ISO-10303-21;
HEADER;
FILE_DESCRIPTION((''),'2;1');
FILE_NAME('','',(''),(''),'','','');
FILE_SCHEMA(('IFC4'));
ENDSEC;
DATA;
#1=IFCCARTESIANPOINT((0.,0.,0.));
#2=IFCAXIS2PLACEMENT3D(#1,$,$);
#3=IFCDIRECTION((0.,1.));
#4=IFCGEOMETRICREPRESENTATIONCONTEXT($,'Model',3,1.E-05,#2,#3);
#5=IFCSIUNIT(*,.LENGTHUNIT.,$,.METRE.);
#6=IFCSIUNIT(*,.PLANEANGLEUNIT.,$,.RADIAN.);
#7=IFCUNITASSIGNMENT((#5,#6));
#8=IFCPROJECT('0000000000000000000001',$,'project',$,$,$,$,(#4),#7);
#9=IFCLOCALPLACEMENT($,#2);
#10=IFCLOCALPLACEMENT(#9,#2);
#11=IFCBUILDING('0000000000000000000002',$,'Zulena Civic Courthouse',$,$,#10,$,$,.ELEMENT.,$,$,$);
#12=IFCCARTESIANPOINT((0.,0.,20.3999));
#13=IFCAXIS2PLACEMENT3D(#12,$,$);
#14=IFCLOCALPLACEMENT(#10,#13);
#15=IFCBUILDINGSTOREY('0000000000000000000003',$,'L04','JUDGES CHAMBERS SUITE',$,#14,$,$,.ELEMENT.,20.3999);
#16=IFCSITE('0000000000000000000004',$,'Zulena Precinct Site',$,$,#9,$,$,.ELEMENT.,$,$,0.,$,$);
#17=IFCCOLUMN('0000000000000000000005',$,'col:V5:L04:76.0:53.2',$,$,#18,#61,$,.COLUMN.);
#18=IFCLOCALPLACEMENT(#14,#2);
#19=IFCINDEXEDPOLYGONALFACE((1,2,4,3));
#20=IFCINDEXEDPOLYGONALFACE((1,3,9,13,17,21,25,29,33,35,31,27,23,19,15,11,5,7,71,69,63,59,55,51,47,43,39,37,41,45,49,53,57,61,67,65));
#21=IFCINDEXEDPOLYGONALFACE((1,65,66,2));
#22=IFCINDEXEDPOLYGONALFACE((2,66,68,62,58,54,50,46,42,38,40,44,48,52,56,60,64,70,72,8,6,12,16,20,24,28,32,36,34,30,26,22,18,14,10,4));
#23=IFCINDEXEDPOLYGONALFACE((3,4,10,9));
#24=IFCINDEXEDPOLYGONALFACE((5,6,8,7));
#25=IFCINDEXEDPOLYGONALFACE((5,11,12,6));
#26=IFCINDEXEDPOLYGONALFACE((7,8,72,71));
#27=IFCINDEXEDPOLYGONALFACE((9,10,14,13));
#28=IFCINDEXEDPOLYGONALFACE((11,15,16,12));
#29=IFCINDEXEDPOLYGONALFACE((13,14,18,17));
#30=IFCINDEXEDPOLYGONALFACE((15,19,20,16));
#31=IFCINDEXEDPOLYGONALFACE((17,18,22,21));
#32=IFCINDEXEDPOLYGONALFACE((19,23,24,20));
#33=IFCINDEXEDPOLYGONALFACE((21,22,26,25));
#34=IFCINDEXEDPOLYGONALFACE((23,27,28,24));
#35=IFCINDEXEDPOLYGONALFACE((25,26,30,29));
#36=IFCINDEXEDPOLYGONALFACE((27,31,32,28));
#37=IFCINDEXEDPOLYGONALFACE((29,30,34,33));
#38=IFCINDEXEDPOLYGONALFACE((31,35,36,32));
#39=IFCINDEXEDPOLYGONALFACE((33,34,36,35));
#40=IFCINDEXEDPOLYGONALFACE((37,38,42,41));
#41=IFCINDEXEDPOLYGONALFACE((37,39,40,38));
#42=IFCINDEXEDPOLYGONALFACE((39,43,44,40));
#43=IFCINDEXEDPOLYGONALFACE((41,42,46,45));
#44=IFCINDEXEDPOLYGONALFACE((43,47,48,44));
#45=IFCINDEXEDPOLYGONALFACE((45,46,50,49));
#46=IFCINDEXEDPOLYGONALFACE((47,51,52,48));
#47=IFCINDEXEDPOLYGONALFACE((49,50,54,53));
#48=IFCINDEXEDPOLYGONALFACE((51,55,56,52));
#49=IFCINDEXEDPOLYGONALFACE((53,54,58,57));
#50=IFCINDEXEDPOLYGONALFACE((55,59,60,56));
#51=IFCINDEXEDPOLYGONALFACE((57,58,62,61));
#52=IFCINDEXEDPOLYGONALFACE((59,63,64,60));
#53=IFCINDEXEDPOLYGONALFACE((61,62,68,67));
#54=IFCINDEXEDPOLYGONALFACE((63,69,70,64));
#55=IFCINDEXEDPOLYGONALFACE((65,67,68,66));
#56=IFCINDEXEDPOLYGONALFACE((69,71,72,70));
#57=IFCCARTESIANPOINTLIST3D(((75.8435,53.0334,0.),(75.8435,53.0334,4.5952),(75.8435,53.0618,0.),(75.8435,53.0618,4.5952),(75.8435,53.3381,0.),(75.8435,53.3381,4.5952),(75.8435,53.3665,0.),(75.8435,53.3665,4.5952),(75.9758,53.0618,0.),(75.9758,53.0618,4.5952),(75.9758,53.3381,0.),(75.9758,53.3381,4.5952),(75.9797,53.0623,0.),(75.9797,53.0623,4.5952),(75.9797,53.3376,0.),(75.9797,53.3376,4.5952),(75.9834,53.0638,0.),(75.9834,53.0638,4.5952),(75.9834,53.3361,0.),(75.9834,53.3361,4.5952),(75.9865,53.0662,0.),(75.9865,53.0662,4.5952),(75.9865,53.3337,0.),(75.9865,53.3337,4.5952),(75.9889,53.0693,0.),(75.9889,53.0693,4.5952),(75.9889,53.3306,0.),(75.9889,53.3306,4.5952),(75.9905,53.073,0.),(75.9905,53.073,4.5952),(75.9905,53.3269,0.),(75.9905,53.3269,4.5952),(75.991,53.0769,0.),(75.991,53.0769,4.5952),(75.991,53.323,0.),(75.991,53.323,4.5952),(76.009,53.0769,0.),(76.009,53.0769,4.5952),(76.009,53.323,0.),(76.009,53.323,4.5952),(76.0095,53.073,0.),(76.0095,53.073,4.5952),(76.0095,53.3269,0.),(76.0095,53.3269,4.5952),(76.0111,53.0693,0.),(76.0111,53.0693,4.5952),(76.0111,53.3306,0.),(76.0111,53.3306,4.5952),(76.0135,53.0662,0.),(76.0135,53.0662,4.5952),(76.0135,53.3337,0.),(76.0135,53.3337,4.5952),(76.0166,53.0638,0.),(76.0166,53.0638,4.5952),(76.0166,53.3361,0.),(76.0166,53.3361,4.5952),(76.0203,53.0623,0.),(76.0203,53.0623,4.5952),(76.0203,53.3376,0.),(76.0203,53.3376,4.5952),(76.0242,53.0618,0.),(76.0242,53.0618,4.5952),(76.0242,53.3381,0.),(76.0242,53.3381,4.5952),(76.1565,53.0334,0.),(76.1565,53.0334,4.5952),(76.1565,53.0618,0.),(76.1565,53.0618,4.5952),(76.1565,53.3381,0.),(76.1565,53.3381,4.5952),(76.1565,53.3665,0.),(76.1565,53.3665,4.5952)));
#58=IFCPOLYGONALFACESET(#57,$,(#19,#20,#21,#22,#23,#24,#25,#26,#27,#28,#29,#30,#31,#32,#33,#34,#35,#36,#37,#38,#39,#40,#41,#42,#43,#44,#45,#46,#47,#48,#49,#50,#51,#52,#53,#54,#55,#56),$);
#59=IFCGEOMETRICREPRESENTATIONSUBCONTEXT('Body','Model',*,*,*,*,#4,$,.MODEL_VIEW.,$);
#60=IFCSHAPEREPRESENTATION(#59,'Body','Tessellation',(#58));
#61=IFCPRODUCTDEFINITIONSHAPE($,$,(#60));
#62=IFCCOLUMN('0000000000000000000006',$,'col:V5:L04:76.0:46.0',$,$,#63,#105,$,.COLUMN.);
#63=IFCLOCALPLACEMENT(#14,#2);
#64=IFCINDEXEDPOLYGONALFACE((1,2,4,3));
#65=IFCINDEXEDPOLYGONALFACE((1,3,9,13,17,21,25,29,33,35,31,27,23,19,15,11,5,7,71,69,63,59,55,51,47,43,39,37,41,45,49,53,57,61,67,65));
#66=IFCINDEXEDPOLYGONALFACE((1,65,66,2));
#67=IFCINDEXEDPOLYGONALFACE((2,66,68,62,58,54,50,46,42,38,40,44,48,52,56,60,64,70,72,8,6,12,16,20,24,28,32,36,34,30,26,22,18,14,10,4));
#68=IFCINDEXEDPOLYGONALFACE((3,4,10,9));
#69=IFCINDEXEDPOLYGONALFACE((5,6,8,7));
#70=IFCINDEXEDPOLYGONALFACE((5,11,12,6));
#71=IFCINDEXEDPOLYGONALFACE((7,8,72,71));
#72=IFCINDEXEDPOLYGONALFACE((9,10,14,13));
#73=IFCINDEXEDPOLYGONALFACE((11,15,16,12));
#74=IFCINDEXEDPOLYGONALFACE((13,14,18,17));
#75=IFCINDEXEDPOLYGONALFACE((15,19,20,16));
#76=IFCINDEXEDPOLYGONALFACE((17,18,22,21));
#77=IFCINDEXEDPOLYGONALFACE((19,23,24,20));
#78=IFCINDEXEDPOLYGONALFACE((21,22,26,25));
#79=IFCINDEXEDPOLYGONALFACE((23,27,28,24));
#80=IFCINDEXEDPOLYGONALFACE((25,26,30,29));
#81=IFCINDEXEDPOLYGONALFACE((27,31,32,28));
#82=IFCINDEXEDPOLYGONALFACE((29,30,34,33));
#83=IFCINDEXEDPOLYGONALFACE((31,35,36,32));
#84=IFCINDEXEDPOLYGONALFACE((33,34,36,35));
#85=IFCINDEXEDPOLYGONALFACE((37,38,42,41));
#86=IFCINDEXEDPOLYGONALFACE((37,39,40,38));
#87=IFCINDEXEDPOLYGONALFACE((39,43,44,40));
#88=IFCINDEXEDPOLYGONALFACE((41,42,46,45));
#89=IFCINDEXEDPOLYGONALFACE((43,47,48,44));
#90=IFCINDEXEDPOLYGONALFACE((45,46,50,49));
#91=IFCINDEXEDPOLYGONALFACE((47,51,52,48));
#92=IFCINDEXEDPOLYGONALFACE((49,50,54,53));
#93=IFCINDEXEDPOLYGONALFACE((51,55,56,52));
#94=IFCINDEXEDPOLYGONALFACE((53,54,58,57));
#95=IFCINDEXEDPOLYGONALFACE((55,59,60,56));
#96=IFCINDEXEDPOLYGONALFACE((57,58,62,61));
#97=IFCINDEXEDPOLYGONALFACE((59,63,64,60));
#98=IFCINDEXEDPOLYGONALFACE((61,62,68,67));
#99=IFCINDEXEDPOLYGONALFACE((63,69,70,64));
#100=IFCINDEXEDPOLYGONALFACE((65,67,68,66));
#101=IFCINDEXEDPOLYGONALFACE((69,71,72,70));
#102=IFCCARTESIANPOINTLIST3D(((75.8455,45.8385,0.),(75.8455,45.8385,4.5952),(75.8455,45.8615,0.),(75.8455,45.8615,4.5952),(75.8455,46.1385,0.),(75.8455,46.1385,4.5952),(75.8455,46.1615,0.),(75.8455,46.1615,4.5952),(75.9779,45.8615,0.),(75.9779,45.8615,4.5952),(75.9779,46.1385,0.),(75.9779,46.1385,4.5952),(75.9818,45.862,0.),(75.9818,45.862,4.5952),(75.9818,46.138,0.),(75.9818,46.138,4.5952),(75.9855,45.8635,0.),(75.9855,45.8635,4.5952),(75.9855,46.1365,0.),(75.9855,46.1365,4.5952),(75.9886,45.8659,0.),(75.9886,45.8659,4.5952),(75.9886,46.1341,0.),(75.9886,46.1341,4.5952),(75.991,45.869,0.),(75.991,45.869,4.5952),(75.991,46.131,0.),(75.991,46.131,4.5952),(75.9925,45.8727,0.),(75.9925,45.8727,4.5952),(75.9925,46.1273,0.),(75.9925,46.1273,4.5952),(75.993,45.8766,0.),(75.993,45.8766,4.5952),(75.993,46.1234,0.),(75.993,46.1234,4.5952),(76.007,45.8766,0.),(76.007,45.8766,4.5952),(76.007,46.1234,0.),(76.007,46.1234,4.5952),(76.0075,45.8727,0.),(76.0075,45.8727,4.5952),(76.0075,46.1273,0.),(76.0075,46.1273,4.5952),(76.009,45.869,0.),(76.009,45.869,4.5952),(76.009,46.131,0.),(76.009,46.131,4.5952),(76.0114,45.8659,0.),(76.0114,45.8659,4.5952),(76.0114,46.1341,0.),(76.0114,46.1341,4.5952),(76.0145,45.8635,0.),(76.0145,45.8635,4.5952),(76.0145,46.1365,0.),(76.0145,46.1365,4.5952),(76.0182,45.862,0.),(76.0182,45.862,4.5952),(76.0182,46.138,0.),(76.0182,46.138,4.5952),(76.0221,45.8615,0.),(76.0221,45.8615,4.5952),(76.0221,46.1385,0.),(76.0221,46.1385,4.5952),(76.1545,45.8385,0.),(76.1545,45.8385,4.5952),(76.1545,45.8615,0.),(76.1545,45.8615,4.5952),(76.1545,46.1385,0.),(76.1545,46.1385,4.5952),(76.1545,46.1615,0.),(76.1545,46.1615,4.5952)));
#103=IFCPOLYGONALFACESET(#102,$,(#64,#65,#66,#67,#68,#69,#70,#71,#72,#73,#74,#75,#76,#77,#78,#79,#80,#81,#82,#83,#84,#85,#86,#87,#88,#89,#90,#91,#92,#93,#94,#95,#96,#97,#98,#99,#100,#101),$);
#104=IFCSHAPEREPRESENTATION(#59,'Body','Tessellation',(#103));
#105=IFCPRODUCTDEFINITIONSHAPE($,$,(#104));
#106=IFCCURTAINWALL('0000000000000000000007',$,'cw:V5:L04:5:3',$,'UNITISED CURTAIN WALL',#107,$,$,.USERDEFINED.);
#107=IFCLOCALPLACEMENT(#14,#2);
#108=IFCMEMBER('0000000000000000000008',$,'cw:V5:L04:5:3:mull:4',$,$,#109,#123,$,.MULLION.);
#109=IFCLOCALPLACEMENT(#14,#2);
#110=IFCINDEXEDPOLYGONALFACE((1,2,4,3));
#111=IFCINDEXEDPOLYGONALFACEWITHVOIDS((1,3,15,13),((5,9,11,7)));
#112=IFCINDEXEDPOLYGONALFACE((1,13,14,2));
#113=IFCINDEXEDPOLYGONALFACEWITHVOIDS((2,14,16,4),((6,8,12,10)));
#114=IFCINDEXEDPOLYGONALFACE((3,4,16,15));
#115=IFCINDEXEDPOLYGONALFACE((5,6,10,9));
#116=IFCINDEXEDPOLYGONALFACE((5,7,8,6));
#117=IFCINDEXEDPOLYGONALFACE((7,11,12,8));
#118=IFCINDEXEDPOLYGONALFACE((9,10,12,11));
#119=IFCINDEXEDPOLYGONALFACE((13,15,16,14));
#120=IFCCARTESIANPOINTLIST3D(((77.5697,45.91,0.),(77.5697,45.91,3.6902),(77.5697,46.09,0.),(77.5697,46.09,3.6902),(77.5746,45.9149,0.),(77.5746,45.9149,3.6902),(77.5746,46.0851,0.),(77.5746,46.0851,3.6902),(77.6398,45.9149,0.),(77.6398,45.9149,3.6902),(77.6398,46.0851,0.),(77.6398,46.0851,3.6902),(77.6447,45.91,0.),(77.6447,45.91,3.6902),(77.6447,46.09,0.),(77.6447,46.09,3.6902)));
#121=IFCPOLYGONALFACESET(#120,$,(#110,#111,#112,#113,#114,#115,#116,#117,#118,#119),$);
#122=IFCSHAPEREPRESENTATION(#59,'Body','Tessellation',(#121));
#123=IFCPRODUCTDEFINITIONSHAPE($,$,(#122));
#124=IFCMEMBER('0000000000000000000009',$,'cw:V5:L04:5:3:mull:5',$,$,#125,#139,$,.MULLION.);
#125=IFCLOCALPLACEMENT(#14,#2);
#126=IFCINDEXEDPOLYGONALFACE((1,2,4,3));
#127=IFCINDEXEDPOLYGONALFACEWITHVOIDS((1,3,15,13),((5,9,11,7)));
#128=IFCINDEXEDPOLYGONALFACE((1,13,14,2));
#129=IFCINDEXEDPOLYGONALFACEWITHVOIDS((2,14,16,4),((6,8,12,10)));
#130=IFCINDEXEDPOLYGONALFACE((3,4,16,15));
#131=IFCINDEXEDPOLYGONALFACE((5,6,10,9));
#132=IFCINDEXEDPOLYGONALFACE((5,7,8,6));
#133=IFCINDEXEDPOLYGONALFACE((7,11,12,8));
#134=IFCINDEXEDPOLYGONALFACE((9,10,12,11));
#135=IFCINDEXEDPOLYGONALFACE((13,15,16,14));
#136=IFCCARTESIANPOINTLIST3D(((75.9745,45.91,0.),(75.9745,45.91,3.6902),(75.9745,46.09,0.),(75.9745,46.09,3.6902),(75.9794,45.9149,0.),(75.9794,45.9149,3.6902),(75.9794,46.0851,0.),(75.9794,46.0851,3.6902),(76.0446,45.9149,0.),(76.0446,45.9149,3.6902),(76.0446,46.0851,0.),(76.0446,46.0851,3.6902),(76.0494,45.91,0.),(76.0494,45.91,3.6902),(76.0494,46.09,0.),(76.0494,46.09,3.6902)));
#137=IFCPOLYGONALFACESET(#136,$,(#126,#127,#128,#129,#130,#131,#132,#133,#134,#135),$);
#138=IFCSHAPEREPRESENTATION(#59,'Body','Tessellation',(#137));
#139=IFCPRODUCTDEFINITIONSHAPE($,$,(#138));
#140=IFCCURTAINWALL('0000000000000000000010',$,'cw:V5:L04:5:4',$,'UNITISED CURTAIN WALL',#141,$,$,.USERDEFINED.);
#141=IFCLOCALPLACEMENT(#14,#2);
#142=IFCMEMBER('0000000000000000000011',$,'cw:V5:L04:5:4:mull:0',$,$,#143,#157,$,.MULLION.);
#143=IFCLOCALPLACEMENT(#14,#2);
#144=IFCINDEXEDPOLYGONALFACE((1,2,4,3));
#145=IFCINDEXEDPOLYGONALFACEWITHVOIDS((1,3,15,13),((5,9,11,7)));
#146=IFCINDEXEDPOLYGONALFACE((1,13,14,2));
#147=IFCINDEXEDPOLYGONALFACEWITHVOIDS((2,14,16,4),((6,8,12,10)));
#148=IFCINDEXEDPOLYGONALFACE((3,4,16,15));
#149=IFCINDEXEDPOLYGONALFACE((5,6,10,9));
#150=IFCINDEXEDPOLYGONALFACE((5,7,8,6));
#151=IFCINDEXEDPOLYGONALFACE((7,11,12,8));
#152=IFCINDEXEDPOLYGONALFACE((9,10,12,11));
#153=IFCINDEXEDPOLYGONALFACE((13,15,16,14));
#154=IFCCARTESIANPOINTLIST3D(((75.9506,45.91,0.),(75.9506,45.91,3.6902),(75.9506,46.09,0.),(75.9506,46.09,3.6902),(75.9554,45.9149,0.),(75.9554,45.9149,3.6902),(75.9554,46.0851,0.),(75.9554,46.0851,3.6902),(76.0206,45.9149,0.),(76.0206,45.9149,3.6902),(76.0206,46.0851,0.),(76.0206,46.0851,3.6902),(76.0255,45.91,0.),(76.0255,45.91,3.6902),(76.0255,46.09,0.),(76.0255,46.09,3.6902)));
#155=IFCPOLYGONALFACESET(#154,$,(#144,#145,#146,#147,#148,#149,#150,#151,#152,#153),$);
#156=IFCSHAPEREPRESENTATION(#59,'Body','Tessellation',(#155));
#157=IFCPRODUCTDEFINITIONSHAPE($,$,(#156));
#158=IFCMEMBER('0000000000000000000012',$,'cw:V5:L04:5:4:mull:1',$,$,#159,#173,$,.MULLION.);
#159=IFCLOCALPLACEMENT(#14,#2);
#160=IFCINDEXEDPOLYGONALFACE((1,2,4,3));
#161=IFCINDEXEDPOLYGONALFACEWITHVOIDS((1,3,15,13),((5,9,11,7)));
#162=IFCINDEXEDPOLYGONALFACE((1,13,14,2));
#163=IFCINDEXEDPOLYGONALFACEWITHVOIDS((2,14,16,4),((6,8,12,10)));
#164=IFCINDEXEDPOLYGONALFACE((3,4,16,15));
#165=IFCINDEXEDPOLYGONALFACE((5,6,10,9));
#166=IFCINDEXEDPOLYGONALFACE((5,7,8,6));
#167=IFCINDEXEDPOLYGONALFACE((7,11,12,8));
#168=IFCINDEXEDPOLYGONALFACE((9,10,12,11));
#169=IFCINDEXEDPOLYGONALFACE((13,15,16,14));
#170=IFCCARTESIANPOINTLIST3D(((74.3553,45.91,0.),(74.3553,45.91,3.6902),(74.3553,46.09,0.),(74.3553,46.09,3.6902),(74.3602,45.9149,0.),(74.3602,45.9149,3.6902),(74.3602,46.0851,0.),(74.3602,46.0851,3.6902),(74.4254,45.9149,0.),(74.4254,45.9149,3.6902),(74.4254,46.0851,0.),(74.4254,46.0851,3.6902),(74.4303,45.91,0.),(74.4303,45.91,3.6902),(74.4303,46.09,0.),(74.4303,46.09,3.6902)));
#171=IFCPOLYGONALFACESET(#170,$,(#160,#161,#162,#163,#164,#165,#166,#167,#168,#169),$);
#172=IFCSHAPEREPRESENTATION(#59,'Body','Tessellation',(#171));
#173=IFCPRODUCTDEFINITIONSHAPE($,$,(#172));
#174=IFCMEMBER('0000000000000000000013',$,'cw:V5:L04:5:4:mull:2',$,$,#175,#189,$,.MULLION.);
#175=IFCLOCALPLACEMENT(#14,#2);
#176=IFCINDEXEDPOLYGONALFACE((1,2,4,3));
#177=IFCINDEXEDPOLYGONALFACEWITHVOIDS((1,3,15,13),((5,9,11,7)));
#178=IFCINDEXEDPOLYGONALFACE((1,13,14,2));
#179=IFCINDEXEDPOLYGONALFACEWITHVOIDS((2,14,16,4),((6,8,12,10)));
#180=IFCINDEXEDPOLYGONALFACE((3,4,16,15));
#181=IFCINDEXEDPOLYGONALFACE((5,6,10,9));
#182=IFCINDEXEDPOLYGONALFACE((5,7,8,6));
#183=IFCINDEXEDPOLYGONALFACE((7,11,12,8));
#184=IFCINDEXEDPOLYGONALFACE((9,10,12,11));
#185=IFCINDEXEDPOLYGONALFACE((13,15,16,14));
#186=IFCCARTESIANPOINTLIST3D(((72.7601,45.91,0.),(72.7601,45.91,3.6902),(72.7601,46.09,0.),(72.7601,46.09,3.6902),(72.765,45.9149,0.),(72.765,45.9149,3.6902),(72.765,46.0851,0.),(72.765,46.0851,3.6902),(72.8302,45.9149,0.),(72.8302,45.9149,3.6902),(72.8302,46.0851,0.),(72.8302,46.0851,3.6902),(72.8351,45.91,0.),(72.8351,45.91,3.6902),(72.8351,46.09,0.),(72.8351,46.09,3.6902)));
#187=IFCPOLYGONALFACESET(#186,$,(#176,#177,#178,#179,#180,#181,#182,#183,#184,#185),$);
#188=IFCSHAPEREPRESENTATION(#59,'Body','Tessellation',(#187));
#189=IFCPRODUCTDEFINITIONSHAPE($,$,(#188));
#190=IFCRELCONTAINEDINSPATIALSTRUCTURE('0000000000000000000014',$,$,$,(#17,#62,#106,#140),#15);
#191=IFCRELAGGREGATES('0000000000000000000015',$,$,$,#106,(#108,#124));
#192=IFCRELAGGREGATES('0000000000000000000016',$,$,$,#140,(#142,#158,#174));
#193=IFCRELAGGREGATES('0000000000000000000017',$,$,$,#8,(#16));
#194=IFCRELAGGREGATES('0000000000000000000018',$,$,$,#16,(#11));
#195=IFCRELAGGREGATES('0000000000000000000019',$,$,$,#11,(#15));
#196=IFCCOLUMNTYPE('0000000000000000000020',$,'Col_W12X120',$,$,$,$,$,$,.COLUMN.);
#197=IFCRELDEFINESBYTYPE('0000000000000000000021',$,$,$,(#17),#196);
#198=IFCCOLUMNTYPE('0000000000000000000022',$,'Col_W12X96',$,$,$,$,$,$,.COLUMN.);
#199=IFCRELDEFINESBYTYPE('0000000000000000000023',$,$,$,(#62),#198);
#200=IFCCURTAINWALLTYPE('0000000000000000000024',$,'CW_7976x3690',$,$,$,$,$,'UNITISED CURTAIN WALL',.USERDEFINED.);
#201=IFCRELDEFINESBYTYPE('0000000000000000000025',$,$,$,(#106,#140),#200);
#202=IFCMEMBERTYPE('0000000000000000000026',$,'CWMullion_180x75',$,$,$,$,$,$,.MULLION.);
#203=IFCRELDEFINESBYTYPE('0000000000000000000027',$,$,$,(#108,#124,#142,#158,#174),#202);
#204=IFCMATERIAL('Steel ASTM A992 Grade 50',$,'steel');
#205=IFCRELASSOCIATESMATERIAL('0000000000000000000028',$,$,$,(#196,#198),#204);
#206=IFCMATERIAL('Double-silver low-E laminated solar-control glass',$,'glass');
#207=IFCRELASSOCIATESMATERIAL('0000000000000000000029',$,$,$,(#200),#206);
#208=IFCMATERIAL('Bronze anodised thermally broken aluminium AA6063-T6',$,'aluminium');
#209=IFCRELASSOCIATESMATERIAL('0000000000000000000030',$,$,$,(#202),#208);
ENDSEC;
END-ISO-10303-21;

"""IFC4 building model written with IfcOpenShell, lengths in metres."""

from ifc_helpers import new_model, si_unit, direction, frame, origin, origin_2d, place, context, subcontext, project, spatial, hollow_rectangle, i_section, extrude, material, material_profile, profile_set, type_object, element, aggregate, save


model = new_model("IFC4")

# Units and contexts
model_context = context("Model", 3, precision=1e-05, world=origin(), true_north=direction((0.0, 1.0)))
body_context = subcontext(model_context, "Body", "Model", "MODEL_VIEW")
ifc_project = project(units=[si_unit("LENGTHUNIT", "METRE"), si_unit("PLANEANGLEUNIT", "RADIAN")], contexts=[model_context])

# Site, building, storey
site_placement = place(None, origin())
site = spatial("IfcSite", under=ifc_project, at=site_placement, Name="Zulena Precinct Site", CompositionType="ELEMENT", RefElevation=0.0)
building_placement = place(site_placement, origin())
building = spatial("IfcBuilding", under=site, at=building_placement, Name="Zulena Civic Courthouse", CompositionType="ELEMENT")
storey_placement = place(building_placement, frame((0.0, 0.0, 20.3999)))
storey = spatial("IfcBuildingStorey", under=building, at=storey_placement, Name="L04", Description="JUDGES CHAMBERS SUITE", CompositionType="ELEMENT", Elevation=20.3999)

# Columns
ifc_material_1 = material(Name="Steel ASTM A992 Grade 50", Category="steel")
ifc_material_profile_1 = material_profile(ifc_material_1, i_section(OverallWidth=0.313, OverallDepth=0.333, WebThickness=0.0181, FlangeThickness=0.0283, FilletRadius=0.0151, at=origin_2d()), Name="W12X120")
ifc_profile_set_1 = profile_set([ifc_material_profile_1], Name="Steel ASTM A992 Grade 50")
column_type_1 = type_object("IfcColumnType", Name="Col_W12X120", PredefinedType="COLUMN", material=ifc_profile_set_1)
column_1_placement = place(storey_placement, frame((76.0, 53.2, 0.0), z_axis=(0.0, 0.0, 1.0), x_axis=(1.0, 0.0, 0.0)))
element("IfcColumn", 1, at=column_1_placement, inside=storey, type_object=column_type_1, Name="col:V5:L04:76.0:53.2", PredefinedType="COLUMN", context=body_context, shape_type="SweptSolid", body=[
    extrude(i_section(OverallWidth=0.313, OverallDepth=0.333, WebThickness=0.0181, FlangeThickness=0.0283, FilletRadius=0.0151, at=origin_2d()), origin(), (0.0, 0.0, 1.0), 4.5952),
])
ifc_material_profile_2 = material_profile(ifc_material_1, i_section(OverallWidth=0.3091, OverallDepth=0.323, WebThickness=0.0139, FlangeThickness=0.0229, FilletRadius=0.0151, at=origin_2d()), Name="W12X96")
ifc_profile_set_2 = profile_set([ifc_material_profile_2], Name="Steel ASTM A992 Grade 50")
column_type_2 = type_object("IfcColumnType", Name="Col_W12X96", PredefinedType="COLUMN", material=ifc_profile_set_2)
column_2_placement = place(storey_placement, frame((76.0, 46.0, 0.0), z_axis=(0.0, 0.0, 1.0), x_axis=(1.0, 0.0, 0.0)))
element("IfcColumn", 2, at=column_2_placement, inside=storey, type_object=column_type_2, Name="col:V5:L04:76.0:46.0", PredefinedType="COLUMN", context=body_context, shape_type="SweptSolid", body=[
    extrude(i_section(OverallWidth=0.3091, OverallDepth=0.323, WebThickness=0.0139, FlangeThickness=0.0229, FilletRadius=0.0151, at=origin_2d()), origin(), (0.0, 0.0, 1.0), 4.5952),
])

# Curtain walls, members
ifc_material_2 = material(Name="Double-silver low-E laminated solar-control glass", Category="glass")
curtain_wall_type = type_object("IfcCurtainWallType", Name="CW_7976x3690", ElementType="UNITISED CURTAIN WALL", PredefinedType="USERDEFINED", material=ifc_material_2)
curtain_wall_1_placement = place(storey_placement, origin())
curtain_wall_1 = element("IfcCurtainWall", 3, at=curtain_wall_1_placement, inside=storey, type_object=curtain_wall_type, Name="cw:V5:L04:5:3", ObjectType="UNITISED CURTAIN WALL", PredefinedType="USERDEFINED")
ifc_material_3 = material(Name="Bronze anodised thermally broken aluminium AA6063-T6", Category="aluminium")
ifc_material_profile_3 = material_profile(ifc_material_3, hollow_rectangle(XDim=0.075, YDim=0.1799, WallThickness=0.0049, at=origin_2d()), Name="CWM180X75X5")
ifc_profile_set_3 = profile_set([ifc_material_profile_3], Name="Bronze anodised thermally broken aluminium AA6063-T6")
member_type_1 = type_object("IfcMemberType", Name="CWMullion_180x75", PredefinedType="MULLION", material=ifc_profile_set_3)
member_1_placement = place(storey_placement, frame((77.6072, 46.0, 0.0), z_axis=(0.0, 0.0, 1.0), x_axis=(1.0, 0.0, 0.0)))
member_1 = element("IfcMember", 4, at=member_1_placement, type_object=member_type_1, Name="cw:V5:L04:5:3:mull:4", PredefinedType="MULLION", context=body_context, shape_type="SweptSolid", body=[
    extrude(hollow_rectangle(XDim=0.075, YDim=0.1799, WallThickness=0.0049, at=origin_2d()), origin(), (0.0, 0.0, 1.0), 3.6902),
])
member_2_placement = place(storey_placement, frame((76.012, 46.0, 0.0), z_axis=(0.0, 0.0, 1.0), x_axis=(1.0, 0.0, 0.0)))
member_2 = element("IfcMember", 5, at=member_2_placement, type_object=member_type_1, Name="cw:V5:L04:5:3:mull:5", PredefinedType="MULLION", context=body_context, shape_type="SweptSolid", body=[
    extrude(hollow_rectangle(XDim=0.075, YDim=0.1799, WallThickness=0.0049, at=origin_2d()), origin(), (0.0, 0.0, 1.0), 3.6902),
])
curtain_wall_2_placement = place(storey_placement, origin())
curtain_wall_2 = element("IfcCurtainWall", 6, at=curtain_wall_2_placement, inside=storey, type_object=curtain_wall_type, Name="cw:V5:L04:5:4", ObjectType="UNITISED CURTAIN WALL", PredefinedType="USERDEFINED")
member_3_placement = place(storey_placement, frame((75.988, 46.0, 0.0), z_axis=(0.0, 0.0, 1.0), x_axis=(1.0, 0.0, 0.0)))
member_3 = element("IfcMember", 7, at=member_3_placement, type_object=member_type_1, Name="cw:V5:L04:5:4:mull:0", PredefinedType="MULLION", context=body_context, shape_type="SweptSolid", body=[
    extrude(hollow_rectangle(XDim=0.075, YDim=0.1799, WallThickness=0.0049, at=origin_2d()), origin(), (0.0, 0.0, 1.0), 3.6902),
])
member_4_placement = place(storey_placement, frame((74.3928, 46.0, 0.0), z_axis=(0.0, 0.0, 1.0), x_axis=(1.0, 0.0, 0.0)))
member_4 = element("IfcMember", 8, at=member_4_placement, type_object=member_type_1, Name="cw:V5:L04:5:4:mull:1", PredefinedType="MULLION", context=body_context, shape_type="SweptSolid", body=[
    extrude(hollow_rectangle(XDim=0.075, YDim=0.1799, WallThickness=0.0049, at=origin_2d()), origin(), (0.0, 0.0, 1.0), 3.6902),
])
member_5_placement = place(storey_placement, frame((72.7976, 46.0, 0.0), z_axis=(0.0, 0.0, 1.0), x_axis=(1.0, 0.0, 0.0)))
member_5 = element("IfcMember", 9, at=member_5_placement, type_object=member_type_1, Name="cw:V5:L04:5:4:mull:2", PredefinedType="MULLION", context=body_context, shape_type="SweptSolid", body=[
    extrude(hollow_rectangle(XDim=0.075, YDim=0.1799, WallThickness=0.0049, at=origin_2d()), origin(), (0.0, 0.0, 1.0), 3.6902),
])

aggregate(curtain_wall_1, [member_1, member_2])
aggregate(curtain_wall_2, [member_3, member_4, member_5])

save(model, "model.ifc")
